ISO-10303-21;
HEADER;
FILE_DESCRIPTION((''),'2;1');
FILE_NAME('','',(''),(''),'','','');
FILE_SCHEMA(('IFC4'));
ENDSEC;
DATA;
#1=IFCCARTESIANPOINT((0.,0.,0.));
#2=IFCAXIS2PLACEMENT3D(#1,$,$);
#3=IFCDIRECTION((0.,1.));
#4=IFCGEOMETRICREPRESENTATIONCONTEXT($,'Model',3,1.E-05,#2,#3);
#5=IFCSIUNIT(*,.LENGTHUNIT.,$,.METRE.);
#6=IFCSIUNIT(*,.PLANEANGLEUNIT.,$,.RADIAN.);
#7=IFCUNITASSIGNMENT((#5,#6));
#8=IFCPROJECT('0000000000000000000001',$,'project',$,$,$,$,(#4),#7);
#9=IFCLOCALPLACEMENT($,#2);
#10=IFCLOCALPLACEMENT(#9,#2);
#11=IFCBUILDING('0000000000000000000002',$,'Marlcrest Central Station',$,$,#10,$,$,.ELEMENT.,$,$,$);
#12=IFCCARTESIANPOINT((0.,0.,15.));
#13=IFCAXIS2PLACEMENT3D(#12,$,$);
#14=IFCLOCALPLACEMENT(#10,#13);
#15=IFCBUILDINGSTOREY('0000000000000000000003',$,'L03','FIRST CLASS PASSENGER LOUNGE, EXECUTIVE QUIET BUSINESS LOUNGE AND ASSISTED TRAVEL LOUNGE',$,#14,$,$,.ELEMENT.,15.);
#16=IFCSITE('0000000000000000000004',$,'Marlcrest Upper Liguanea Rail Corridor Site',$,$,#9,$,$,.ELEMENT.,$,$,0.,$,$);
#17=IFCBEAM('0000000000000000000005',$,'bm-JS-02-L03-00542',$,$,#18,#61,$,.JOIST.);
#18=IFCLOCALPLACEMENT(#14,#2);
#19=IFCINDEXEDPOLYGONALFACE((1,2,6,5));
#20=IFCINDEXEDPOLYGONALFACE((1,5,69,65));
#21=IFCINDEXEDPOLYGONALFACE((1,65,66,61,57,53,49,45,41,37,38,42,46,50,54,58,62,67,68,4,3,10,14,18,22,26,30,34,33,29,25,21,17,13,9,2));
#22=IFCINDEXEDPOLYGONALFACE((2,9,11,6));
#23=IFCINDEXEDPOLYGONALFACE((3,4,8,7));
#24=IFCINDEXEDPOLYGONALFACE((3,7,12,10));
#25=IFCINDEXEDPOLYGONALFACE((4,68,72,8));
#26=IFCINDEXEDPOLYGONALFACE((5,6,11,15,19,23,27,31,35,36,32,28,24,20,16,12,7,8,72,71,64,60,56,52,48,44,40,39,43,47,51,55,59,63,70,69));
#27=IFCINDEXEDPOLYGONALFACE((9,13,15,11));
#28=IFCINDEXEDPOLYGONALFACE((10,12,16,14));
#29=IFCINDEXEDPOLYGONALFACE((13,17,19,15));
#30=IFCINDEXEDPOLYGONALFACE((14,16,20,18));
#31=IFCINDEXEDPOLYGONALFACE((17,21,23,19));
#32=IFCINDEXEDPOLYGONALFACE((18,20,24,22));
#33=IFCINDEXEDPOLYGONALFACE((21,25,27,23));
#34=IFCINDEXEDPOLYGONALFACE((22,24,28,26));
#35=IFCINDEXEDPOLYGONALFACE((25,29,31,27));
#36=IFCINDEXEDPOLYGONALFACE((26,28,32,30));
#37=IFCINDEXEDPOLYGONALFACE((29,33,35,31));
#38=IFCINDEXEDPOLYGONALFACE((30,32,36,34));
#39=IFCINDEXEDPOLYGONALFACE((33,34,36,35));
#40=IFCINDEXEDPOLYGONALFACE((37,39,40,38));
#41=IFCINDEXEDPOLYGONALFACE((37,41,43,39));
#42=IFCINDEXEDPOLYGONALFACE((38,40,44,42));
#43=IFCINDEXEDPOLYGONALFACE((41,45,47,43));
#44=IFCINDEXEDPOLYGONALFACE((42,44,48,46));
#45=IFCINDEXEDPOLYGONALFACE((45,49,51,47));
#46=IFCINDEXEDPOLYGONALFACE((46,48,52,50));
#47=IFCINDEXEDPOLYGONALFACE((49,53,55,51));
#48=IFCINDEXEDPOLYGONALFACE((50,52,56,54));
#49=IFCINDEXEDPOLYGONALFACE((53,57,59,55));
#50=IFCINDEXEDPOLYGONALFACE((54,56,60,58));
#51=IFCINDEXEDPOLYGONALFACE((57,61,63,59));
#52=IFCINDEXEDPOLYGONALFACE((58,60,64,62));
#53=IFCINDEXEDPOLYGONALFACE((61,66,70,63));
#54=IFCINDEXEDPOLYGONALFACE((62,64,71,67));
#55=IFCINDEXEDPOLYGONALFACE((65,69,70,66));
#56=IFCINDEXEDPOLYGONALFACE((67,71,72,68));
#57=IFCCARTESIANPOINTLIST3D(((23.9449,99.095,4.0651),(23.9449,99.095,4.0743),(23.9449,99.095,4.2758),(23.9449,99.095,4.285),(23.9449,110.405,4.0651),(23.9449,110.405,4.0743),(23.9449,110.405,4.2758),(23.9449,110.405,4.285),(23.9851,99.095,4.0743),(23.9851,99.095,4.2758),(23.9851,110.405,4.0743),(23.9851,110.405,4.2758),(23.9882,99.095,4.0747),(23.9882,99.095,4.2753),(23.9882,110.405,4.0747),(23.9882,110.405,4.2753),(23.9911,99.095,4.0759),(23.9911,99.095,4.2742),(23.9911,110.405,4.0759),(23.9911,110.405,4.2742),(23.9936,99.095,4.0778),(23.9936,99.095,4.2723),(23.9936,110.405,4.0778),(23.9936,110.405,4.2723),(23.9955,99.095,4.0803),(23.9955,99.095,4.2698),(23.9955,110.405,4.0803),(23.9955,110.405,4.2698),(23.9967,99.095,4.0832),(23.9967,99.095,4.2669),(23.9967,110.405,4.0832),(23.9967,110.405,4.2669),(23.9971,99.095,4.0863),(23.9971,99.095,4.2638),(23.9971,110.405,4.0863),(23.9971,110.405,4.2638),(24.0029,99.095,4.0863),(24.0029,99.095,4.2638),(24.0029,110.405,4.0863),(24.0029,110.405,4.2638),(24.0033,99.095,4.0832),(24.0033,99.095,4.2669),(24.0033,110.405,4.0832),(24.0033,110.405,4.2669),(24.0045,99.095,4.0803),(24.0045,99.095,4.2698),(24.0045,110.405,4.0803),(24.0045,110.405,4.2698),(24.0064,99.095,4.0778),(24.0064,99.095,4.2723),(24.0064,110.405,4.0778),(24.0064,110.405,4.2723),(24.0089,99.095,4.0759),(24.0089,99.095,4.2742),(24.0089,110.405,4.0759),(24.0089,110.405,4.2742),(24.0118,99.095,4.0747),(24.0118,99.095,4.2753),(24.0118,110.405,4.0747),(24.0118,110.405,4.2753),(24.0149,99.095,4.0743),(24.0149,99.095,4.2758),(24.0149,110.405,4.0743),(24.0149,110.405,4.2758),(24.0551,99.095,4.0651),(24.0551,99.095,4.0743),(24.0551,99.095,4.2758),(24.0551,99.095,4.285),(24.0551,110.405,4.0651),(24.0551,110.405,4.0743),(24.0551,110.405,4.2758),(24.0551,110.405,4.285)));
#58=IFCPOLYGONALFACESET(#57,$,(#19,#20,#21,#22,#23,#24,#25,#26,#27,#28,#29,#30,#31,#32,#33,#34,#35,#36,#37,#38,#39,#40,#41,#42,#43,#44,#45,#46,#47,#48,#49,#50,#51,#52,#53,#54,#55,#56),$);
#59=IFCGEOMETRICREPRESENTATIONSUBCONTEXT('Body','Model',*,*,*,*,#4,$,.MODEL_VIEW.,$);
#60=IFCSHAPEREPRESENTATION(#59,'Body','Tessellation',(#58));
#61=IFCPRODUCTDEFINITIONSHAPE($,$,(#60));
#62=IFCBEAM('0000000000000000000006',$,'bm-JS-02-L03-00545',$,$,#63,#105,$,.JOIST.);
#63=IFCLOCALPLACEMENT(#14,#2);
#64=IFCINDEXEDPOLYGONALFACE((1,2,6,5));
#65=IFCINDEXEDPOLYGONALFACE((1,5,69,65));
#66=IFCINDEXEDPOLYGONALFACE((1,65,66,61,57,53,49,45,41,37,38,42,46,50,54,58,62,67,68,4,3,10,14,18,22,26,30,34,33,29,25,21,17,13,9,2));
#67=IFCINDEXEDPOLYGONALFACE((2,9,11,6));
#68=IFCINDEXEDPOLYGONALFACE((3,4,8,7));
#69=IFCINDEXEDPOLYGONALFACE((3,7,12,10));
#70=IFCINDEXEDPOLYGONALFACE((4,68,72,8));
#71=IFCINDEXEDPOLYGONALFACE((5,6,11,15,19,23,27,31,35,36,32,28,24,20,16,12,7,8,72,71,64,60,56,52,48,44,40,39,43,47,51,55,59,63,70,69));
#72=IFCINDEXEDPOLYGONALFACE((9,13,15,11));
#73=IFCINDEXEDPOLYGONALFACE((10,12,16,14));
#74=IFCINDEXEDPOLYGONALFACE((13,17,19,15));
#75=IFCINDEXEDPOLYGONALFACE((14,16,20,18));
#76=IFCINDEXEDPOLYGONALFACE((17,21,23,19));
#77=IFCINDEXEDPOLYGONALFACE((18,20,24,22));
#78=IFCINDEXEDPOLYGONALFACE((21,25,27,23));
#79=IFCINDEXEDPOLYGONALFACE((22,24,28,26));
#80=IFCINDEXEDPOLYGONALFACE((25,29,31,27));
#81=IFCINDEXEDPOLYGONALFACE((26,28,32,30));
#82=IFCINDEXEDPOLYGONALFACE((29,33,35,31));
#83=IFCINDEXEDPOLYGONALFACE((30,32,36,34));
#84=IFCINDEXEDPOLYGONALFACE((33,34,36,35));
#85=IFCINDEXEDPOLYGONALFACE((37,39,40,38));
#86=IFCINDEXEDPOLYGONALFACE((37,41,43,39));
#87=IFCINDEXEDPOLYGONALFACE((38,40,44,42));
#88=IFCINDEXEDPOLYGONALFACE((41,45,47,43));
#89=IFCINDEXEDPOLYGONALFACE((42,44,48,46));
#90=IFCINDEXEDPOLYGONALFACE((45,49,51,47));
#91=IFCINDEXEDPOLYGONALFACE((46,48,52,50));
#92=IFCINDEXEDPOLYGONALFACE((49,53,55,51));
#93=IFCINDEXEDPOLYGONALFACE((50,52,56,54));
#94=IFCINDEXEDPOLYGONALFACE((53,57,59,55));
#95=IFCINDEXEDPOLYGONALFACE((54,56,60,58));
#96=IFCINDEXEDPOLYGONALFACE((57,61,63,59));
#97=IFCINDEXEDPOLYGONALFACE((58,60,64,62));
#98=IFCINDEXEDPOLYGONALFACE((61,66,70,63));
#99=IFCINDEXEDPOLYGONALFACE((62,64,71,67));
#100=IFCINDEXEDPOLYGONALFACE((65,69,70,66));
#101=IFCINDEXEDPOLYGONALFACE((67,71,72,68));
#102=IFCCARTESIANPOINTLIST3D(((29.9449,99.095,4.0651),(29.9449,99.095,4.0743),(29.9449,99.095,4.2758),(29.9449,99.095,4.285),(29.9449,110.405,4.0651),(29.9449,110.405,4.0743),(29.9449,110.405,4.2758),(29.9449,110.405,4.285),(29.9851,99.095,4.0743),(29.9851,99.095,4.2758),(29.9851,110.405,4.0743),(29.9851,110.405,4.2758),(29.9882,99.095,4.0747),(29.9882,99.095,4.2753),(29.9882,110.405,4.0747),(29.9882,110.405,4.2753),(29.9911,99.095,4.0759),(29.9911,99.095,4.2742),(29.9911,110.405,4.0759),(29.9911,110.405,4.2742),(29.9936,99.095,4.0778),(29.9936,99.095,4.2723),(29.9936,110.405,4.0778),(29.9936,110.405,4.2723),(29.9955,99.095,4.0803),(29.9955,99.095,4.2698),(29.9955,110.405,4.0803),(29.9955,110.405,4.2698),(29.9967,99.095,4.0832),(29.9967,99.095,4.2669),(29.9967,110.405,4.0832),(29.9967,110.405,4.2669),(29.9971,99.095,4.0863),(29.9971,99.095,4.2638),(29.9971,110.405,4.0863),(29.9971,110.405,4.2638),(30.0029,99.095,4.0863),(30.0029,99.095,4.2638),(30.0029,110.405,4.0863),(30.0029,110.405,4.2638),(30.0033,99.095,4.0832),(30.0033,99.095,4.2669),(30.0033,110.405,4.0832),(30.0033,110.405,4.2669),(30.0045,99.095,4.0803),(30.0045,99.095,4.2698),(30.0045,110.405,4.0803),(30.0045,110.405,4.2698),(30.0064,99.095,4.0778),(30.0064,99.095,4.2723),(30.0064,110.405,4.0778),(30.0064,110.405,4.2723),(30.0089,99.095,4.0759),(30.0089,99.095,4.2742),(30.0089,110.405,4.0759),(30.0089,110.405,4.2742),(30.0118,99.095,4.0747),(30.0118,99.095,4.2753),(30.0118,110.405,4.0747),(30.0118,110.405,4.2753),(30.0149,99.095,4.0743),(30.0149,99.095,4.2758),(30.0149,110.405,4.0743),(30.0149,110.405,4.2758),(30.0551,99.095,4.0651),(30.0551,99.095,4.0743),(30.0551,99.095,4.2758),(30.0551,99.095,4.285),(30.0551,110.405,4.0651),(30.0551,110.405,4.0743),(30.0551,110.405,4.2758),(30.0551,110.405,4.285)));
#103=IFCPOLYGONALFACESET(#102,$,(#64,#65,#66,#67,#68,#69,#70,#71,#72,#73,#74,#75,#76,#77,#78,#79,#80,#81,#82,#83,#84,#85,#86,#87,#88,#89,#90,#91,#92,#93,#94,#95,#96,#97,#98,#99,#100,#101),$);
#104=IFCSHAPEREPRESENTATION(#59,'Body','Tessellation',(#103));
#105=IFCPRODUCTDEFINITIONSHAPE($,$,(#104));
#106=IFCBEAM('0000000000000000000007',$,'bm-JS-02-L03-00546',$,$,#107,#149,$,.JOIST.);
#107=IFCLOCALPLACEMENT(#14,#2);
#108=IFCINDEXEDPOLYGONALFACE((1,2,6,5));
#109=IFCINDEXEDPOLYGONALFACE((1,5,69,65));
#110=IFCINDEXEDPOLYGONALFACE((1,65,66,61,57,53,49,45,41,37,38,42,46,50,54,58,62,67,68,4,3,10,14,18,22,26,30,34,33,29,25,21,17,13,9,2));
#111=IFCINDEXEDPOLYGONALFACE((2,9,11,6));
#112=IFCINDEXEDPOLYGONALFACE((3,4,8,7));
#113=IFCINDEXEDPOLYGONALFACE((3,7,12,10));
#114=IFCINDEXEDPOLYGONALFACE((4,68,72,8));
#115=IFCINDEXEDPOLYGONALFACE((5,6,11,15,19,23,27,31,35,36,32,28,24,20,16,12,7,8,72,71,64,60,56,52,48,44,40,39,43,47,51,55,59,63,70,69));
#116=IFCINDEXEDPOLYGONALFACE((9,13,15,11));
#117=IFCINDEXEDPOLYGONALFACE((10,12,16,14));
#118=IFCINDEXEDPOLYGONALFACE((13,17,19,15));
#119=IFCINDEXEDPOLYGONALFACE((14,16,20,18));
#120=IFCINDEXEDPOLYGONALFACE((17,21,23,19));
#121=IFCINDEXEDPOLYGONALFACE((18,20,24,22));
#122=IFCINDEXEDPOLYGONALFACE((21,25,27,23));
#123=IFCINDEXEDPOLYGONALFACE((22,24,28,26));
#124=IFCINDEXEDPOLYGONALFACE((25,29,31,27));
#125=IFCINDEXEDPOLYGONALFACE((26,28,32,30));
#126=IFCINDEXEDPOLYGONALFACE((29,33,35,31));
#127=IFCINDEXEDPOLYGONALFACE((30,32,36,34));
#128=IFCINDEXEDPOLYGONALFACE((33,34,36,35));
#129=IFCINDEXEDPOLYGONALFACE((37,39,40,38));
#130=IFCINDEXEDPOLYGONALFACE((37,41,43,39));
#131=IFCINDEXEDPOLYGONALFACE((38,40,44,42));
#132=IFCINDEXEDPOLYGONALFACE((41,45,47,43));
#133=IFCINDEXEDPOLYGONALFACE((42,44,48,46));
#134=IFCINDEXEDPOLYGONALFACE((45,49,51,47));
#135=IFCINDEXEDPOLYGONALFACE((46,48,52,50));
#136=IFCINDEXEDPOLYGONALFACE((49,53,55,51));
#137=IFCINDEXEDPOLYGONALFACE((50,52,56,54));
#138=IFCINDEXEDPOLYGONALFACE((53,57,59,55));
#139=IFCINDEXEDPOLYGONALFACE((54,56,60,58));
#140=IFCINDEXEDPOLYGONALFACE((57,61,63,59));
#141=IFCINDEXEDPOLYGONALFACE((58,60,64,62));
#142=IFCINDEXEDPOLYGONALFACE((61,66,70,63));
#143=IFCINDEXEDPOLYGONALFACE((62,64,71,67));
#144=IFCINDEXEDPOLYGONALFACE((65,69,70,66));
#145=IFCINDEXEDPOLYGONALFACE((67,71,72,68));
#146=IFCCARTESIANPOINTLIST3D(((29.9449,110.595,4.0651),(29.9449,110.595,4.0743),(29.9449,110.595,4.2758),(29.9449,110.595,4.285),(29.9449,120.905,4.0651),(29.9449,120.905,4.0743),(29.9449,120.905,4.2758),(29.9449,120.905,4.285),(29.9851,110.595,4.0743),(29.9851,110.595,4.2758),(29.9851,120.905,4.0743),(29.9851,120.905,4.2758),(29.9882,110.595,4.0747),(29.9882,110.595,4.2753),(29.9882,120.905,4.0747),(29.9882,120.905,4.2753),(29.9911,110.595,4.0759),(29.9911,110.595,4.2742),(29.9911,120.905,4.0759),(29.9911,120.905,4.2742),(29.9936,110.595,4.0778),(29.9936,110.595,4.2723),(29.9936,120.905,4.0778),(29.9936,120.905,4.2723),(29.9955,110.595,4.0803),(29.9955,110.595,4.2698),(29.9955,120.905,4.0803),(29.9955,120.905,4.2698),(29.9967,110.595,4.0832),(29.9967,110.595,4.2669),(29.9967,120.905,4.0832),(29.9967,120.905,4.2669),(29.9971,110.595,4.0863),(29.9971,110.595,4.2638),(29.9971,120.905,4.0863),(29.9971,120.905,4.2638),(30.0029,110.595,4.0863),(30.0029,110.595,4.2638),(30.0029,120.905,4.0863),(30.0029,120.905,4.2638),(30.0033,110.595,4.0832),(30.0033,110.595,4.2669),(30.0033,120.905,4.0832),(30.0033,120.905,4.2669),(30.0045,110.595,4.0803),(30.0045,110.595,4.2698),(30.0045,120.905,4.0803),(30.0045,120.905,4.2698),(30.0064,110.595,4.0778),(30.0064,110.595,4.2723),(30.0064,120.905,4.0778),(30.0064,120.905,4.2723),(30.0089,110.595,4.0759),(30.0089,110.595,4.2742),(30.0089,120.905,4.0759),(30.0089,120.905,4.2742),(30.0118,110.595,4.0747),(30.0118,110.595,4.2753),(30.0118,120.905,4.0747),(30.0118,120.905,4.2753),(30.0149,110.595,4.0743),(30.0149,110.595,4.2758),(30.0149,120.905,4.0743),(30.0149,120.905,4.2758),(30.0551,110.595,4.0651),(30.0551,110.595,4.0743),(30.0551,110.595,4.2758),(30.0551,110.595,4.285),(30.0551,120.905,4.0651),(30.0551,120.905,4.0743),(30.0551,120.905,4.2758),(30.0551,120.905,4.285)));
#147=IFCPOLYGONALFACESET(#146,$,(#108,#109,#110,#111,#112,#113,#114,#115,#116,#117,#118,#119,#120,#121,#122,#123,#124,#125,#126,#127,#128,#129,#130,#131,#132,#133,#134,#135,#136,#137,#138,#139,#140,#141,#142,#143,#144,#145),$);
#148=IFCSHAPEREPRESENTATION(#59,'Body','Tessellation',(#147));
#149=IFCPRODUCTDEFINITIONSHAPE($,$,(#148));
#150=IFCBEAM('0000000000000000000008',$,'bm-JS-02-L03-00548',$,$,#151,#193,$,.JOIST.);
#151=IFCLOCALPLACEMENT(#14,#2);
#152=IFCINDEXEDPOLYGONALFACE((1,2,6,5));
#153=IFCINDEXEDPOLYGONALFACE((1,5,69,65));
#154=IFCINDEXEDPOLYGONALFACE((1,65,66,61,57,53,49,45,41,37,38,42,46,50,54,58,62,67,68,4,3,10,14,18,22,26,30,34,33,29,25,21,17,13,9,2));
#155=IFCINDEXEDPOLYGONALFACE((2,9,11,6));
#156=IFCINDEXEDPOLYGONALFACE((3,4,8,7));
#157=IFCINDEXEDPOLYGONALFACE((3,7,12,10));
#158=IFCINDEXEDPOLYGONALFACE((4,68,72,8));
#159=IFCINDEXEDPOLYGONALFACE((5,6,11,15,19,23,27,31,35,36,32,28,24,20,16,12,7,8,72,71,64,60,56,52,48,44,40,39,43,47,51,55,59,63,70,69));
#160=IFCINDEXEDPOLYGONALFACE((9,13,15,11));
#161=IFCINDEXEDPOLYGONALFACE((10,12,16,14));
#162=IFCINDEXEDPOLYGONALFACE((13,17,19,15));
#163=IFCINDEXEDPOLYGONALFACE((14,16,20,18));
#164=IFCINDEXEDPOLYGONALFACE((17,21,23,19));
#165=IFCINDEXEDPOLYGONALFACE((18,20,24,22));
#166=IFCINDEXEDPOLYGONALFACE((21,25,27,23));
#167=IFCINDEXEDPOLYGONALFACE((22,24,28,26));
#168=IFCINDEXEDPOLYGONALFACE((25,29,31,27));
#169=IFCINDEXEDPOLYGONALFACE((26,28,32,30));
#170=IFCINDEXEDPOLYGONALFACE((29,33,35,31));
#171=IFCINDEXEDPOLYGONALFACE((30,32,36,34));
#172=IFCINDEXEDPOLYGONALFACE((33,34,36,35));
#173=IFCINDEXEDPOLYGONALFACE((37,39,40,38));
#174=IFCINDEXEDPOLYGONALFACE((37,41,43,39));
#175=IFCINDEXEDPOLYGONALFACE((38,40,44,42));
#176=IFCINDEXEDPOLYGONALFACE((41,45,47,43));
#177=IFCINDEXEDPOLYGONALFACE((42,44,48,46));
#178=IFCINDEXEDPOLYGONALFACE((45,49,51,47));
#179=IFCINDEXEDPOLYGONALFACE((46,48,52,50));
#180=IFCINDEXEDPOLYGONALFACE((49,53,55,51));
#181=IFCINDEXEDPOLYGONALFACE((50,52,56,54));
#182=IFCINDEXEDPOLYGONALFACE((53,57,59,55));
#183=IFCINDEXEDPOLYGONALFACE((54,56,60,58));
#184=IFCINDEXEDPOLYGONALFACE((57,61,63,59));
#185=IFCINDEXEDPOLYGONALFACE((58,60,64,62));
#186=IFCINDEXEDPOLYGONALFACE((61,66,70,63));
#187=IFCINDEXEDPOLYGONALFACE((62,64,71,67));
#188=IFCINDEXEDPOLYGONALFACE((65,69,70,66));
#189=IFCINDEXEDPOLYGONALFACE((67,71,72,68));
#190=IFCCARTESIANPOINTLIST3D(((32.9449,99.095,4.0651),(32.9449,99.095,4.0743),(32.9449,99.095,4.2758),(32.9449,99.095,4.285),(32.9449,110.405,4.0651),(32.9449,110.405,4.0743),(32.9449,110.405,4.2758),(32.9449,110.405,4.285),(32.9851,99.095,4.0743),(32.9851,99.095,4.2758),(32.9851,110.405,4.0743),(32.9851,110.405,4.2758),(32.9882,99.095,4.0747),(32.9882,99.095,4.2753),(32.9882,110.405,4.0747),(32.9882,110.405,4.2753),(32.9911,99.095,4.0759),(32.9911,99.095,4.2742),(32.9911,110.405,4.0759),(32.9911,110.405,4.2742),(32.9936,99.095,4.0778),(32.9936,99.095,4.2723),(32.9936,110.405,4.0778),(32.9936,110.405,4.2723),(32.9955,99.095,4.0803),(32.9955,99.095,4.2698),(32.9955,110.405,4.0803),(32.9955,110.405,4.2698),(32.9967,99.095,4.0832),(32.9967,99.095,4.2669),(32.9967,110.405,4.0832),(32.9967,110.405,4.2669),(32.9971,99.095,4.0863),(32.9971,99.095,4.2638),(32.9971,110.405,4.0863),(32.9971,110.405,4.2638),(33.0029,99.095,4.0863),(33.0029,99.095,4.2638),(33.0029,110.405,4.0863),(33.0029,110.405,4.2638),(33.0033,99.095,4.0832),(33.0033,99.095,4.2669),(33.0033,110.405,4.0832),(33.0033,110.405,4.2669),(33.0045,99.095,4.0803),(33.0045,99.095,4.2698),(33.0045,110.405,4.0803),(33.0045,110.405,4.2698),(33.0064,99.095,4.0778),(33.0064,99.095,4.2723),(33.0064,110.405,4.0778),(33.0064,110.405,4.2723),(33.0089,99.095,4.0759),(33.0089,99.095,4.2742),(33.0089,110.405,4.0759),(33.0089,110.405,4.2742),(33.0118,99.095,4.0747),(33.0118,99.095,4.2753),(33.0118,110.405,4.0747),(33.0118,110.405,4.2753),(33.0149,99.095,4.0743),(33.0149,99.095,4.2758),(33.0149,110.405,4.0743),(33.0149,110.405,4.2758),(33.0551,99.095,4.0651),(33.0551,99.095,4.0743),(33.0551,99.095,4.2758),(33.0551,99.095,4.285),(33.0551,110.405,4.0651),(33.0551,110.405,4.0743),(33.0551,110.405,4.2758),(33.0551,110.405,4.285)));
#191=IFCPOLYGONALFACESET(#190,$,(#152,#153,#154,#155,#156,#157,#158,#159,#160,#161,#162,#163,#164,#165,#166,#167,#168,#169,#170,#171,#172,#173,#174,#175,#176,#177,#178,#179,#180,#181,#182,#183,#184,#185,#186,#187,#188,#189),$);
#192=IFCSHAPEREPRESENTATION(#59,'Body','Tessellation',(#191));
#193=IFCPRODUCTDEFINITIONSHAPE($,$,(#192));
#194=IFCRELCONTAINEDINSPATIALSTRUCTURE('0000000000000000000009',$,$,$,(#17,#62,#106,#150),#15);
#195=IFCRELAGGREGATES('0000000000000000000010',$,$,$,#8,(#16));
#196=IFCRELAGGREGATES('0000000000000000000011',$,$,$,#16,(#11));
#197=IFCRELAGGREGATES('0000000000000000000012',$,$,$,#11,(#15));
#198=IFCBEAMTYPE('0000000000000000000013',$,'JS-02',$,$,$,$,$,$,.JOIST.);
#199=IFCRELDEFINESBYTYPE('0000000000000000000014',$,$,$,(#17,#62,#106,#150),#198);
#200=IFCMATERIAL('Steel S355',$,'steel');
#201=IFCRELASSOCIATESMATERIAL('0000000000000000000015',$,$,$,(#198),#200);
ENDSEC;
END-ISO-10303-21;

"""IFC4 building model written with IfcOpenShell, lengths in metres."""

from ifc_helpers import new_model, si_unit, direction, frame, origin, origin_2d, place, context, subcontext, project, spatial, i_section, extrude, material, material_profile, profile_set, type_object, element, save


model = new_model("IFC4")

# Units and contexts
model_context = context("Model", 3, precision=1e-05, world=origin(), true_north=direction((0.0, 1.0)))
body_context = subcontext(model_context, "Body", "Model", "MODEL_VIEW")
ifc_project = project(units=[si_unit("LENGTHUNIT", "METRE"), si_unit("PLANEANGLEUNIT", "RADIAN")], contexts=[model_context])

# Site, building, storey
site_placement = place(None, origin())
site = spatial("IfcSite", under=ifc_project, at=site_placement, Name="Marlcrest Upper Liguanea Rail Corridor Site", CompositionType="ELEMENT", RefElevation=0.0)
building_placement = place(site_placement, origin())
building = spatial("IfcBuilding", under=site, at=building_placement, Name="Marlcrest Central Station", CompositionType="ELEMENT")
storey_placement = place(building_placement, frame((0.0, 0.0, 15.0)))
storey = spatial("IfcBuildingStorey", under=building, at=storey_placement, Name="L03", Description="FIRST CLASS PASSENGER LOUNGE, EXECUTIVE QUIET BUSINESS LOUNGE AND ASSISTED TRAVEL LOUNGE", CompositionType="ELEMENT", Elevation=15.0)

# Shared definitions
ifc_material_1 = material(Name="Steel S355", Category="steel")

# Beams
ifc_material_profile_1 = material_profile(ifc_material_1, i_section(OverallWidth=0.1101, OverallDepth=0.22, WebThickness=0.0059, FlangeThickness=0.0093, FilletRadius=0.012, at=origin_2d()), Name="IPE 220")
ifc_profile_set_1 = profile_set([ifc_material_profile_1], Name="Steel S355")
beam_type_1 = type_object("IfcBeamType", Name="JS-02", PredefinedType="JOIST", material=ifc_profile_set_1)
for number, where, z_axis, x_axis, name in (
    (1, (24.0, 99.095, 4.175), (0.0, 1.0, 0.0), (-1.0, 0.0, 0.0), "bm-JS-02-L03-00542"),
    (2, (30.0, 99.095, 4.175), (0.0, 1.0, 0.0), (-1.0, 0.0, 0.0), "bm-JS-02-L03-00545"),
):
    element("IfcBeam", number, at=place(storey_placement, frame(where, z_axis=z_axis, x_axis=x_axis)), inside=storey, type_object=beam_type_1, Name=name, PredefinedType="JOIST", context=body_context, shape_type="SweptSolid", body=[
        extrude(i_section(OverallWidth=0.1101, OverallDepth=0.22, WebThickness=0.0059, FlangeThickness=0.0093, FilletRadius=0.012, at=origin_2d()), origin(), (0.0, 0.0, 1.0), 11.3101),
    ])
beam_1_placement = place(storey_placement, frame((30.0, 110.595, 4.175), z_axis=(0.0, 1.0, 0.0), x_axis=(-1.0, 0.0, 0.0)))
element("IfcBeam", 3, at=beam_1_placement, inside=storey, type_object=beam_type_1, Name="bm-JS-02-L03-00546", PredefinedType="JOIST", context=body_context, shape_type="SweptSolid", body=[
    extrude(i_section(OverallWidth=0.1101, OverallDepth=0.22, WebThickness=0.0059, FlangeThickness=0.0093, FilletRadius=0.012, at=origin_2d()), origin(), (0.0, 0.0, 1.0), 10.3101),
])
beam_2_placement = place(storey_placement, frame((33.0, 99.095, 4.175), z_axis=(0.0, 1.0, 0.0), x_axis=(-1.0, 0.0, 0.0)))
element("IfcBeam", 4, at=beam_2_placement, inside=storey, type_object=beam_type_1, Name="bm-JS-02-L03-00548", PredefinedType="JOIST", context=body_context, shape_type="SweptSolid", body=[
    extrude(i_section(OverallWidth=0.1101, OverallDepth=0.22, WebThickness=0.0059, FlangeThickness=0.0093, FilletRadius=0.012, at=origin_2d()), origin(), (0.0, 0.0, 1.0), 11.3101),
])

save(model, "model.ifc")
